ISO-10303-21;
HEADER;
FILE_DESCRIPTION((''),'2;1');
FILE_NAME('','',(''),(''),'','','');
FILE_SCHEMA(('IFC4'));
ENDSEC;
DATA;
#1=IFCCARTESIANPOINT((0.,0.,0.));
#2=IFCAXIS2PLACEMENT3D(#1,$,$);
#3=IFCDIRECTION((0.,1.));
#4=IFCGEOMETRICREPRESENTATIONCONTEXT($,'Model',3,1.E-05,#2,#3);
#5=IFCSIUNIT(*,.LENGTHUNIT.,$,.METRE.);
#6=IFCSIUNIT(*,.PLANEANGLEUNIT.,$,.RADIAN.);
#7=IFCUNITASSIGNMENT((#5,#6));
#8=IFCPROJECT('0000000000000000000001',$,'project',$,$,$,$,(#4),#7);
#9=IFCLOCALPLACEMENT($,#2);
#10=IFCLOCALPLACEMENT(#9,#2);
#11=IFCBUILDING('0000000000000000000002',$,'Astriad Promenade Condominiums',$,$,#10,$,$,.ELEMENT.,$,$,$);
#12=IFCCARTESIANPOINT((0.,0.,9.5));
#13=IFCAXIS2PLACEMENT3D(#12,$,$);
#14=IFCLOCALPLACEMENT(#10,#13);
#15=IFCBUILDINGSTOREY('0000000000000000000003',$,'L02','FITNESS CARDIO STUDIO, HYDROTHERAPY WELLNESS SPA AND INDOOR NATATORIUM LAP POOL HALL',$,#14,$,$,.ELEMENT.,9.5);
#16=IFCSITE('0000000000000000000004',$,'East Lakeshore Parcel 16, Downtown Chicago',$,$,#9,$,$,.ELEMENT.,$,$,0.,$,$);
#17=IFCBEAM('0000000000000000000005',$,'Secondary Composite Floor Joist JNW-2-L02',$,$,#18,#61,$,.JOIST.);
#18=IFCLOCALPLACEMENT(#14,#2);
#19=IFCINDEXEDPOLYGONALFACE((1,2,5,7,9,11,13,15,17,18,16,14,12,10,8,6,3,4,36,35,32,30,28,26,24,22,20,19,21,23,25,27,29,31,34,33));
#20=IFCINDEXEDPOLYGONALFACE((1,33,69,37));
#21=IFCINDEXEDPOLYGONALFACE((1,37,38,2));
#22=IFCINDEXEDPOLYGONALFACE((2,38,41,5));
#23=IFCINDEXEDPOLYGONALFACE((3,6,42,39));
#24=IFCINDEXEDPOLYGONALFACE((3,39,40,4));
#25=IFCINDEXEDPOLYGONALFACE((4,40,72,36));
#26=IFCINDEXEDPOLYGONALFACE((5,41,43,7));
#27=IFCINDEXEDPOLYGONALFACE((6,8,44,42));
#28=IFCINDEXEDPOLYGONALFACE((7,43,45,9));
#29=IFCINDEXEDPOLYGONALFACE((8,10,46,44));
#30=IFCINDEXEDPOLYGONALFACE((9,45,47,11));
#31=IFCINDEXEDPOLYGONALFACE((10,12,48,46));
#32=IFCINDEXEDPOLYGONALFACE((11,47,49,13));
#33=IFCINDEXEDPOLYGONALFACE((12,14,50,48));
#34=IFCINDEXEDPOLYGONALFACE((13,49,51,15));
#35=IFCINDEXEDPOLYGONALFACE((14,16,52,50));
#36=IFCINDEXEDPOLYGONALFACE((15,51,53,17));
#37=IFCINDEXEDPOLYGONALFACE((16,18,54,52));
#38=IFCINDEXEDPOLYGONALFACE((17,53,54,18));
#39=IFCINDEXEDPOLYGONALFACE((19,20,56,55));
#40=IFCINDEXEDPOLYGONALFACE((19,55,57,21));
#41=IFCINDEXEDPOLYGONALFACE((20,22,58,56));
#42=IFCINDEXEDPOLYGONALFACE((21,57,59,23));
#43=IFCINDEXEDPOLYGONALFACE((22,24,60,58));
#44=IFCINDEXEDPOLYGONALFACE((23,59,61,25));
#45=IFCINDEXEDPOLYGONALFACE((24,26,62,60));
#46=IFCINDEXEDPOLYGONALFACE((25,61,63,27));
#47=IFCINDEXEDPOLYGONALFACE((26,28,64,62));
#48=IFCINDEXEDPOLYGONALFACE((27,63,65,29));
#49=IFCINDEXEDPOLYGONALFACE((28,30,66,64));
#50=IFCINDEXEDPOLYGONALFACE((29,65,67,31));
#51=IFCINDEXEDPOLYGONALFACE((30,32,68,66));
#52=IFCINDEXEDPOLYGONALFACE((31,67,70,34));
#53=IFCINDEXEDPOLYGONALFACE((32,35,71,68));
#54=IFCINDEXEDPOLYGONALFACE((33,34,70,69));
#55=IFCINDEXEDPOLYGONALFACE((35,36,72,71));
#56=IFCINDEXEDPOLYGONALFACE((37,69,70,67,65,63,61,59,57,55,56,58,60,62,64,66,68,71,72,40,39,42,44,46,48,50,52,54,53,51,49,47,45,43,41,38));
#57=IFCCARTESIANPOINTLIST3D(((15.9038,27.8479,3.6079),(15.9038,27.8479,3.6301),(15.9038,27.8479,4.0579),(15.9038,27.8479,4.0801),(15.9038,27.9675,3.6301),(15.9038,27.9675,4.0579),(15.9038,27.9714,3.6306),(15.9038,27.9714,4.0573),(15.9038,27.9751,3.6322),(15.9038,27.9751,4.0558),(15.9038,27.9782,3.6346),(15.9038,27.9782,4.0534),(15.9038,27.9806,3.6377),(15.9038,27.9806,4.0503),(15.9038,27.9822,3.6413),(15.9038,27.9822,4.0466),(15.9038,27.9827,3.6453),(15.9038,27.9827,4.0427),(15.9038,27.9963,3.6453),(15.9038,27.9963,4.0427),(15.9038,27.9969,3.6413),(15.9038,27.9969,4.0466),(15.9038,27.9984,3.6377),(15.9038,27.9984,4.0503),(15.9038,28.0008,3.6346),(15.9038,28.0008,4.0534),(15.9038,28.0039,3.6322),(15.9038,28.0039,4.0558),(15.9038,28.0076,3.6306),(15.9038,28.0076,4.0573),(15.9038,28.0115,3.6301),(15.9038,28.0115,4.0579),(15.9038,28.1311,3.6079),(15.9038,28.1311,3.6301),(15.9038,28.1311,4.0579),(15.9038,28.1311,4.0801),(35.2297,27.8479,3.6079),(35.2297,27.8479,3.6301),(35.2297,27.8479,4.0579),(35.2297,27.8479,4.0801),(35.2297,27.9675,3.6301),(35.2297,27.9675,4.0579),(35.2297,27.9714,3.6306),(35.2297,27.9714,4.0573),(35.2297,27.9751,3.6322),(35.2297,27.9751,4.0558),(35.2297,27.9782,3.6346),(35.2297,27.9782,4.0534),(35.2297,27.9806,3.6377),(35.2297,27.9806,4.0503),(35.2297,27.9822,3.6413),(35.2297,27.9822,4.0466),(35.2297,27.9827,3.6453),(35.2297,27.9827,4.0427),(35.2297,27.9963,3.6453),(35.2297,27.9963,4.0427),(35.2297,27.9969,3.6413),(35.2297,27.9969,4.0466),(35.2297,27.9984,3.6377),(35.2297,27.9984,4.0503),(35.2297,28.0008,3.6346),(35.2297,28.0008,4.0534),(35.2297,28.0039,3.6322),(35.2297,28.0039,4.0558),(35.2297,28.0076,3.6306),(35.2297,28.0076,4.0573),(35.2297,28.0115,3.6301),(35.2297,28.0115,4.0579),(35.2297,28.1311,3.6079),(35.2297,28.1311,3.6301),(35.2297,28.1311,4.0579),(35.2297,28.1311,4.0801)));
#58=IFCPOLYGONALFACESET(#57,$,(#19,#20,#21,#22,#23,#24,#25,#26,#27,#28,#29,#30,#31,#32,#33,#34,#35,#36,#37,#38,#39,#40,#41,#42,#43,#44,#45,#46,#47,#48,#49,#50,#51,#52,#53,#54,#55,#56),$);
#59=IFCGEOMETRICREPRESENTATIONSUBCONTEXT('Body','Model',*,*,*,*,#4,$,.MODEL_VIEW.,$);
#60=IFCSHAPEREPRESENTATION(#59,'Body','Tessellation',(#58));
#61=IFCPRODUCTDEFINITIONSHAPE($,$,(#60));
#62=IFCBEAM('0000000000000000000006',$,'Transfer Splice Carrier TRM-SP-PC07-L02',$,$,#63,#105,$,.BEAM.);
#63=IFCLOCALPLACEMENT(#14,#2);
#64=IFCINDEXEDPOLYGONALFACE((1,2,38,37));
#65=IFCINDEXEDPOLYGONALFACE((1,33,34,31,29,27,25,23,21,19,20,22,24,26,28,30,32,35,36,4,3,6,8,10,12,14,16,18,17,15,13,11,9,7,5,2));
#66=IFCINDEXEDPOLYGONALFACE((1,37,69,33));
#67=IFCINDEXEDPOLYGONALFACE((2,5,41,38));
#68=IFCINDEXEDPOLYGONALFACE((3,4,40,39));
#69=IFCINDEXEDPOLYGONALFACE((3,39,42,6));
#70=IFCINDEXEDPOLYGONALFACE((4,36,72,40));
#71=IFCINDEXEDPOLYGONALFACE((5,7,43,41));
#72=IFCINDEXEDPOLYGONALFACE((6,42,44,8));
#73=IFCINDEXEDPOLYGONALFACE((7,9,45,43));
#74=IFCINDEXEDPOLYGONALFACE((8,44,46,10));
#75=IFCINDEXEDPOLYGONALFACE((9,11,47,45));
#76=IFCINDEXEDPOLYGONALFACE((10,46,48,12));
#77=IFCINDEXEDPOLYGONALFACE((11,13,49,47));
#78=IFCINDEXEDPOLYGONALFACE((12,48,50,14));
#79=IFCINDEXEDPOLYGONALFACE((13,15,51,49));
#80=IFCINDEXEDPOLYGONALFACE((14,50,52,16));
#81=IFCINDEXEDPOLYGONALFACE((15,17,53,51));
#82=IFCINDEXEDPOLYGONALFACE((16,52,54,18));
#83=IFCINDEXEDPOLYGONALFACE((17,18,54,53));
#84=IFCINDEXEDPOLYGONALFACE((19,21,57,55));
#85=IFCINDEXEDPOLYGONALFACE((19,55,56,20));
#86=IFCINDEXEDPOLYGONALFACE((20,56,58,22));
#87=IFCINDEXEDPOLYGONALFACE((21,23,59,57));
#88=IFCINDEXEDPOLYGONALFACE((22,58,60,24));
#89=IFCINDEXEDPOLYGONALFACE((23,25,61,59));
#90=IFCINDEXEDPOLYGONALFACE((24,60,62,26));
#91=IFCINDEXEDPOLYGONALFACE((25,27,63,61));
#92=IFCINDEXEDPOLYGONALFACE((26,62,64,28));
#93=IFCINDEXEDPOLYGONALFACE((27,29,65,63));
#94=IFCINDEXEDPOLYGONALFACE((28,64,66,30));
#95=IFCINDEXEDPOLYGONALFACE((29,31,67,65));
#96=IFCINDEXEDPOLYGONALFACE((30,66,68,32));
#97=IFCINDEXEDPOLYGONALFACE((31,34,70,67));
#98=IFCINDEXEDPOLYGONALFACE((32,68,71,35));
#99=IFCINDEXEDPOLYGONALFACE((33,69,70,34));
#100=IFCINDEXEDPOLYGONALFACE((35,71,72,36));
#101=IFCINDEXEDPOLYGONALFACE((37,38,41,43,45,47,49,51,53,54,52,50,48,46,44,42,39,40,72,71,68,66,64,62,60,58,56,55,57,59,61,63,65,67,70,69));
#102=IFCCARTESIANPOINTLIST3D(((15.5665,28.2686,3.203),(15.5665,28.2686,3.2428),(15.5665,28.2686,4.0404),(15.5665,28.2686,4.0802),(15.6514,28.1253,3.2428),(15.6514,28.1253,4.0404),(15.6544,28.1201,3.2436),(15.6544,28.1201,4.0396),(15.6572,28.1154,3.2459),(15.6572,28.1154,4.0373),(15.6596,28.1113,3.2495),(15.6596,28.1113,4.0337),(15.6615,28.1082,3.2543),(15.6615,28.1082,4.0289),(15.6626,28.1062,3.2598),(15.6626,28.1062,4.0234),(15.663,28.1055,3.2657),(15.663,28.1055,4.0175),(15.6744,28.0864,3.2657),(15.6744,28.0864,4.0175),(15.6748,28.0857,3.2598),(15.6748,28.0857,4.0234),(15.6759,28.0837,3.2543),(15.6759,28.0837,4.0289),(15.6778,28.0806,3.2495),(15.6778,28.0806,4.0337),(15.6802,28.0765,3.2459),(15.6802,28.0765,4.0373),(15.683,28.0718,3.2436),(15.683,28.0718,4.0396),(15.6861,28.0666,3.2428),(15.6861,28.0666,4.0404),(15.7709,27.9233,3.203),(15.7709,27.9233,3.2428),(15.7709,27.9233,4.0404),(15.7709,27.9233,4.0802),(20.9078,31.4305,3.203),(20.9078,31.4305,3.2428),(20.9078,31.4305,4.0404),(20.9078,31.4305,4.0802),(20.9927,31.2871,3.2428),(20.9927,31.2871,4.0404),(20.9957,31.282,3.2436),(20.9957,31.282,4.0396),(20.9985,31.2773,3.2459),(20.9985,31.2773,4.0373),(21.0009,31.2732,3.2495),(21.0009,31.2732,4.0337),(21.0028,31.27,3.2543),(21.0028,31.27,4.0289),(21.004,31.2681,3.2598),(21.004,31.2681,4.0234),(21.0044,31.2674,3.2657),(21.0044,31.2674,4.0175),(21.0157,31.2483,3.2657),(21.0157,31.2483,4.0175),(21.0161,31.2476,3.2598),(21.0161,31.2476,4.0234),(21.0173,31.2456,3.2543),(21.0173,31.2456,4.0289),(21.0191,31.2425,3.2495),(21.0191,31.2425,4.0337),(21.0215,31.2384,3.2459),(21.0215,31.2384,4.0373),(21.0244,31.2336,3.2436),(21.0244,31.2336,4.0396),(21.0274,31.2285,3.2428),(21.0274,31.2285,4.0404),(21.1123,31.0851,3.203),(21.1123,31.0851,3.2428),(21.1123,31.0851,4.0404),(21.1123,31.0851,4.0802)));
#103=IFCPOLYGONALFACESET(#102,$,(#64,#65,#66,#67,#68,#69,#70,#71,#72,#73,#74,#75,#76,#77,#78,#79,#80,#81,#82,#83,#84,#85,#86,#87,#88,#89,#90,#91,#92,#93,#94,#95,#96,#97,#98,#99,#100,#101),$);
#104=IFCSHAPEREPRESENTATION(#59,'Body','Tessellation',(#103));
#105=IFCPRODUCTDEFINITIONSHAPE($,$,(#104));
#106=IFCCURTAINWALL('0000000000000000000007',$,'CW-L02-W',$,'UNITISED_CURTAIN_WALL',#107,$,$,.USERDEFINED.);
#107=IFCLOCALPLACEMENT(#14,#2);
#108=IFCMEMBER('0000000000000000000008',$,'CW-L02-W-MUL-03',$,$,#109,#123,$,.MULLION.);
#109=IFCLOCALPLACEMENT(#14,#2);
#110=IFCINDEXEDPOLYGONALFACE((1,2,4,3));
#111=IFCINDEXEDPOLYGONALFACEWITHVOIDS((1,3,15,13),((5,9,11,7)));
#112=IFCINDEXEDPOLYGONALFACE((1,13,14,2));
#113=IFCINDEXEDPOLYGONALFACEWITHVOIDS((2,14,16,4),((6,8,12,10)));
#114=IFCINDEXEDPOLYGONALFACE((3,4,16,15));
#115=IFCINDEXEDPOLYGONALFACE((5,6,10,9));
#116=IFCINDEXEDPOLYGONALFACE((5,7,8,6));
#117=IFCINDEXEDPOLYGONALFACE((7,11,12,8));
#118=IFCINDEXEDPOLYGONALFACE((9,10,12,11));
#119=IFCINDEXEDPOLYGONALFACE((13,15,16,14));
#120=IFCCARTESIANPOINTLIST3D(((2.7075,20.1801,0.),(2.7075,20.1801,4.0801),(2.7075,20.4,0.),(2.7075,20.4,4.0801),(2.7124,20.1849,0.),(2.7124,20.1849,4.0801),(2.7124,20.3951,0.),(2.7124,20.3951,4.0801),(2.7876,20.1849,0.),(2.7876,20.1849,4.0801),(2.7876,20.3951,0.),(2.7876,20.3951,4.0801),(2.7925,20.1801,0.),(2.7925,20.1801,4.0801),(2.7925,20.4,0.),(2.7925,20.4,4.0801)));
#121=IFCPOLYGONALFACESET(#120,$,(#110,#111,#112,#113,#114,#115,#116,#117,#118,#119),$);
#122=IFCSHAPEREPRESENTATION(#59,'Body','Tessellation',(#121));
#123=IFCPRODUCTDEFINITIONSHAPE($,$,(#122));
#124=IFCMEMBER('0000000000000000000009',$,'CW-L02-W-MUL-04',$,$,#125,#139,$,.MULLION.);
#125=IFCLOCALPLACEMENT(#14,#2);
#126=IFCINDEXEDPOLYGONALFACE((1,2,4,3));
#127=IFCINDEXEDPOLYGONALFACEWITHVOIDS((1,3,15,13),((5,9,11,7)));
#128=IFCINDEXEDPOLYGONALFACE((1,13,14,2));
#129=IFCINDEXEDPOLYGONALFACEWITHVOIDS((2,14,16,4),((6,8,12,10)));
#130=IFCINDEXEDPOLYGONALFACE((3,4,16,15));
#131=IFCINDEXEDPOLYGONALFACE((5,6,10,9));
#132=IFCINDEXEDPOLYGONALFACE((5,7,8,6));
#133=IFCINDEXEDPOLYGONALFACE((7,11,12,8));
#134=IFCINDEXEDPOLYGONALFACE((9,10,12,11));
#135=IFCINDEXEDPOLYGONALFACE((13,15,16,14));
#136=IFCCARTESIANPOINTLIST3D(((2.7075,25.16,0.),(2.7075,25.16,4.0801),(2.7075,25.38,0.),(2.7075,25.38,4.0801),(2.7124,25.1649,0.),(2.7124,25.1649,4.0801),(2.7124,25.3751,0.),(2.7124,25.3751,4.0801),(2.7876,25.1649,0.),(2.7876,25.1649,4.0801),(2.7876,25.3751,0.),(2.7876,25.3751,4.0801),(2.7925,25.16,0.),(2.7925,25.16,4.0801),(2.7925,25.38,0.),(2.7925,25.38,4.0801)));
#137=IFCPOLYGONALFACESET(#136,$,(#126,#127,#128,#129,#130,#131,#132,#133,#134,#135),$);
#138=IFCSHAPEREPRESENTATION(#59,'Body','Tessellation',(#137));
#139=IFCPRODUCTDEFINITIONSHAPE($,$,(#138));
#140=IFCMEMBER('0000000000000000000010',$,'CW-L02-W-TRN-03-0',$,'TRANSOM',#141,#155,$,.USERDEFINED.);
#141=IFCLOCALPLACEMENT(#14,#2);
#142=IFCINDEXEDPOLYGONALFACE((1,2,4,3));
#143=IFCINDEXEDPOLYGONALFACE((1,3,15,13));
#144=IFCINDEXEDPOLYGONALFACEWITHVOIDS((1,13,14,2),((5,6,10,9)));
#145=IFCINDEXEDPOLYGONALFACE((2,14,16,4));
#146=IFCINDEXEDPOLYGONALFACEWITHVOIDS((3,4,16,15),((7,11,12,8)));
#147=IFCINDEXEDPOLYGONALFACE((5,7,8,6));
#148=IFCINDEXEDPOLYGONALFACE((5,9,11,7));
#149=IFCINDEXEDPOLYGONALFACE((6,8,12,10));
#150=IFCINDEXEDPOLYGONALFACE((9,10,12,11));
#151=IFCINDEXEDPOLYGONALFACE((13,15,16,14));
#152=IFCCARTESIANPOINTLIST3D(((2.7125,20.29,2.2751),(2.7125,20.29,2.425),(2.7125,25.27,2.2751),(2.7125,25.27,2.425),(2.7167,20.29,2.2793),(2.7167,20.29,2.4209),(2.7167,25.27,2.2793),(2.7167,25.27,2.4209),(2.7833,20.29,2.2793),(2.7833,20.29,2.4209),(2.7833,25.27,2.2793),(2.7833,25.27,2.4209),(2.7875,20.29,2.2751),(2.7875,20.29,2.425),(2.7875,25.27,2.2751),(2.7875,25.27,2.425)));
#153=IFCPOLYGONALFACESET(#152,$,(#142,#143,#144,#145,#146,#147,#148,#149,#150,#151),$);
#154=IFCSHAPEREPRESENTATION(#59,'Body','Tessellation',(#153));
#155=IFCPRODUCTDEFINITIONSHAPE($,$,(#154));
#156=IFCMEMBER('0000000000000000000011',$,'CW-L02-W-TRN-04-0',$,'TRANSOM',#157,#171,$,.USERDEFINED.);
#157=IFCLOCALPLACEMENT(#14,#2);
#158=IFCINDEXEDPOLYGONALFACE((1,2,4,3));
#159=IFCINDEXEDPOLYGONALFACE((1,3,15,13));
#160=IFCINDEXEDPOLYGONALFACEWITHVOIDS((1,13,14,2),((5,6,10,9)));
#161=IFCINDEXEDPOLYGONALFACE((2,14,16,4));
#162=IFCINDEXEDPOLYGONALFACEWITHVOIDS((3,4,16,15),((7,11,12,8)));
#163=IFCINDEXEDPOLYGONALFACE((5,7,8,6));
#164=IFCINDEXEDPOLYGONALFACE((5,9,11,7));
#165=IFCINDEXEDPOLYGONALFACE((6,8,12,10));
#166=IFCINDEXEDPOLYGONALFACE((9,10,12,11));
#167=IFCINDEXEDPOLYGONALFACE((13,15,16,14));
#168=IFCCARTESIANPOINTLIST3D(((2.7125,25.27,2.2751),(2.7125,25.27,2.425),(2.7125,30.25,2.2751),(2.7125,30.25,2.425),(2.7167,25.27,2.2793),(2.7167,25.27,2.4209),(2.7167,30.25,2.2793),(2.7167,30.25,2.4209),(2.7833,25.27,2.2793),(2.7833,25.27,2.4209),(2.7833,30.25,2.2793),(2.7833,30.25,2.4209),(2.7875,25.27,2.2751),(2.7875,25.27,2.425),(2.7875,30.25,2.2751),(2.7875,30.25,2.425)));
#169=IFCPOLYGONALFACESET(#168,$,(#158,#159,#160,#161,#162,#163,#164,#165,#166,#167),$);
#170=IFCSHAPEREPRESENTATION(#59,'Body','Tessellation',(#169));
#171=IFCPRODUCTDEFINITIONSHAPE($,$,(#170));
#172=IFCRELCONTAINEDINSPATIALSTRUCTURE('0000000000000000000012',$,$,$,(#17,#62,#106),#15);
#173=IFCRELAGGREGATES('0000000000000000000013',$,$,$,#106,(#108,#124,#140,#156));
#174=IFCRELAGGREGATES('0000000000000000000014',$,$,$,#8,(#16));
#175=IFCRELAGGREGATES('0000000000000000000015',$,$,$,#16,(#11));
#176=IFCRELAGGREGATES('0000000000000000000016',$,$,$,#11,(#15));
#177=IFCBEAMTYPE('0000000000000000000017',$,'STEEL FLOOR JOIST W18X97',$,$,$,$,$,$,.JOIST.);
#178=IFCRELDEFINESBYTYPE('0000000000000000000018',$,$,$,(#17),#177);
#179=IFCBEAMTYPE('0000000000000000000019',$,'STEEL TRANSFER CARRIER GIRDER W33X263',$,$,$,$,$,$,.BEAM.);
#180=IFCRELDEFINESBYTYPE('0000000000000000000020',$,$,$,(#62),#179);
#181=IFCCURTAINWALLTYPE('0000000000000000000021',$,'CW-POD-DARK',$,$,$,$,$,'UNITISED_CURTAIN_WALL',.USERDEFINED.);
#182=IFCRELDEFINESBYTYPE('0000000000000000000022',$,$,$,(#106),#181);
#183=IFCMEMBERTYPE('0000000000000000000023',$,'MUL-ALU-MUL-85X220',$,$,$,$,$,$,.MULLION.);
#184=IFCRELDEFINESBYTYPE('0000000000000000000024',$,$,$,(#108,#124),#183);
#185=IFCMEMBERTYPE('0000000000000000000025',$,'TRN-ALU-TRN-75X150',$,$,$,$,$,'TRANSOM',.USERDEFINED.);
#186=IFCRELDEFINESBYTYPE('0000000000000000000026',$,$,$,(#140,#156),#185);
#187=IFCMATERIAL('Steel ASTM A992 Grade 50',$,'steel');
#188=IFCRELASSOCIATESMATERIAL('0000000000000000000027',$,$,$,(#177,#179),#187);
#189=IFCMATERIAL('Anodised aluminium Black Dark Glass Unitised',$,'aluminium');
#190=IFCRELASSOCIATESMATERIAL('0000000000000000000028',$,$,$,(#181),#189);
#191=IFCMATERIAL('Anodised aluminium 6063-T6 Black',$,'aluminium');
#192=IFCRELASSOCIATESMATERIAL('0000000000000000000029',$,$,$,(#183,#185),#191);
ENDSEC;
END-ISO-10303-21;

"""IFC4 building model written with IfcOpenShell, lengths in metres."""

from ifc_helpers import new_model, si_unit, direction, frame, origin, origin_2d, place, context, subcontext, project, spatial, hollow_rectangle, i_section, extrude, source, transform, mapped, material, material_profile, profile_set, type_object, type_shapes, element, aggregate, save


model = new_model("IFC4")

# Units and contexts
model_context = context("Model", 3, precision=1e-05, world=origin(), true_north=direction((0.0, 1.0)))
body_context = subcontext(model_context, "Body", "Model", "MODEL_VIEW")
ifc_project = project(units=[si_unit("LENGTHUNIT", "METRE"), si_unit("PLANEANGLEUNIT", "RADIAN")], contexts=[model_context])

# Site, building, storey
site_placement = place(None, origin())
site = spatial("IfcSite", under=ifc_project, at=site_placement, Name="East Lakeshore Parcel 16, Downtown Chicago", CompositionType="ELEMENT", RefElevation=0.0)
building_placement = place(site_placement, origin())
building = spatial("IfcBuilding", under=site, at=building_placement, Name="Astriad Promenade Condominiums", CompositionType="ELEMENT")
storey_placement = place(building_placement, frame((0.0, 0.0, 9.5)))
storey = spatial("IfcBuildingStorey", under=building, at=storey_placement, Name="L02", Description="FITNESS CARDIO STUDIO, HYDROTHERAPY WELLNESS SPA AND INDOOR NATATORIUM LAP POOL HALL", CompositionType="ELEMENT", Elevation=9.5)

# Shared definitions
ifc_material_1 = material(Name="Steel ASTM A992 Grade 50", Category="steel")

# Beams
ifc_material_profile_1 = material_profile(ifc_material_1, i_section(OverallWidth=0.2832, OverallDepth=0.4722, WebThickness=0.0137, FlangeThickness=0.0222, FilletRadius=0.0151, at=origin_2d()), Name="W18X97")
ifc_profile_set_1 = profile_set([ifc_material_profile_1], Name="Steel ASTM A992 Grade 50")
beam_type_1 = type_object("IfcBeamType", Name="STEEL FLOOR JOIST W18X97", PredefinedType="JOIST", material=ifc_profile_set_1)
shared_shape_1 = source(origin(), body_context, "Body", "SweptSolid", [
    extrude(i_section(OverallWidth=0.2832, OverallDepth=0.4722, WebThickness=0.0137, FlangeThickness=0.0222, FilletRadius=0.0151, at=origin_2d()), origin(), (0.0, 0.0, 1.0), 19.3259),
])
type_shapes(beam_type_1, [shared_shape_1])
beam_1_placement = place(storey_placement, frame((15.9038, 27.9895, 3.844), z_axis=(1.0, 0.0, 0.0), x_axis=(0.0, 1.0, 0.0)))
element("IfcBeam", 1, at=beam_1_placement, inside=storey, type_object=beam_type_1, Name="Secondary Composite Floor Joist JNW-2-L02", PredefinedType="JOIST", context=body_context, shape_type="MappedRepresentation", body=[
    mapped(shared_shape_1, transform((0.0, 0.0, 0.0), scale=1.0)),
])
ifc_material_profile_2 = material_profile(ifc_material_1, i_section(OverallWidth=0.4014, OverallDepth=0.8772, WebThickness=0.0222, FlangeThickness=0.0398, FilletRadius=0.0229, at=origin_2d()), Name="W33X263")
ifc_profile_set_2 = profile_set([ifc_material_profile_2], Name="Steel ASTM A992 Grade 50")
beam_type_2 = type_object("IfcBeamType", Name="STEEL TRANSFER CARRIER GIRDER W33X263", PredefinedType="BEAM", material=ifc_profile_set_2)
shared_shape_2 = source(origin(), body_context, "Body", "SweptSolid", [
    extrude(i_section(OverallWidth=0.4014, OverallDepth=0.8772, WebThickness=0.0222, FlangeThickness=0.0398, FilletRadius=0.0229, at=origin_2d()), origin(), (0.0, 0.0, 1.0), 6.207),
])
type_shapes(beam_type_2, [shared_shape_2])
beam_2_placement = place(storey_placement, frame((15.6687, 28.0959, 3.6416), z_axis=(0.860528, 0.509402, 0.0), x_axis=(-0.509402, 0.860528, 0.0)))
element("IfcBeam", 2, at=beam_2_placement, inside=storey, type_object=beam_type_2, Name="Transfer Splice Carrier TRM-SP-PC07-L02", PredefinedType="BEAM", context=body_context, shape_type="MappedRepresentation", body=[
    mapped(shared_shape_2, transform((0.0, 0.0, 0.0), scale=1.0)),
])

# Curtain wall, members
ifc_material_2 = material(Name="Anodised aluminium Black Dark Glass Unitised", Category="aluminium")
curtain_wall_type = type_object("IfcCurtainWallType", Name="CW-POD-DARK", ElementType="UNITISED_CURTAIN_WALL", PredefinedType="USERDEFINED", material=ifc_material_2)
curtain_wall_placement = place(storey_placement, origin())
curtain_wall = element("IfcCurtainWall", 3, at=curtain_wall_placement, inside=storey, type_object=curtain_wall_type, Name="CW-L02-W", ObjectType="UNITISED_CURTAIN_WALL", PredefinedType="USERDEFINED")
ifc_material_3 = material(Name="Anodised aluminium 6063-T6 Black", Category="aluminium")
ifc_material_profile_3 = material_profile(ifc_material_3, hollow_rectangle(XDim=0.085, YDim=0.22, WallThickness=0.0049, at=origin_2d()), Name="ALU-MUL-85X220")
ifc_profile_set_3 = profile_set([ifc_material_profile_3], Name="Anodised aluminium 6063-T6 Black")
member_type_1 = type_object("IfcMemberType", Name="MUL-ALU-MUL-85X220", PredefinedType="MULLION", material=ifc_profile_set_3)
shared_shape_3 = source(origin(), body_context, "Body", "SweptSolid", [
    extrude(hollow_rectangle(XDim=0.085, YDim=0.22, WallThickness=0.0049, at=origin_2d()), origin(), (0.0, 0.0, 1.0), 4.0801),
])
type_shapes(member_type_1, [shared_shape_3])
member_1_placement = place(storey_placement, frame((2.75, 20.29, 0.0), z_axis=(0.0, 0.0, 1.0), x_axis=(1.0, 0.0, 0.0)))
member_1 = element("IfcMember", 4, at=member_1_placement, type_object=member_type_1, Name="CW-L02-W-MUL-03", PredefinedType="MULLION", context=body_context, shape_type="MappedRepresentation", body=[
    mapped(shared_shape_3, transform((0.0, 0.0, 0.0), scale=1.0)),
])
member_2_placement = place(storey_placement, frame((2.75, 25.27, 0.0), z_axis=(0.0, 0.0, 1.0), x_axis=(1.0, 0.0, 0.0)))
member_2 = element("IfcMember", 5, at=member_2_placement, type_object=member_type_1, Name="CW-L02-W-MUL-04", PredefinedType="MULLION", context=body_context, shape_type="MappedRepresentation", body=[
    mapped(shared_shape_3, transform((0.0, 0.0, 0.0), scale=1.0)),
])
ifc_material_profile_4 = material_profile(ifc_material_3, hollow_rectangle(XDim=0.075, YDim=0.1499, WallThickness=0.0042, at=origin_2d()), Name="ALU-TRN-75X150")
ifc_profile_set_4 = profile_set([ifc_material_profile_4], Name="Anodised aluminium 6063-T6 Black")
member_type_2 = type_object("IfcMemberType", Name="TRN-ALU-TRN-75X150", ElementType="TRANSOM", PredefinedType="USERDEFINED", material=ifc_profile_set_4)
shared_shape_4 = source(origin(), body_context, "Body", "SweptSolid", [
    extrude(hollow_rectangle(XDim=0.075, YDim=0.1499, WallThickness=0.0042, at=origin_2d()), origin(), (0.0, 0.0, 1.0), 4.98),
])
type_shapes(member_type_2, [shared_shape_4])
member_3_placement = place(storey_placement, frame((2.75, 20.29, 2.3501), z_axis=(0.0, 1.0, 0.0), x_axis=(-1.0, 0.0, 0.0)))
member_3 = element("IfcMember", 6, at=member_3_placement, type_object=member_type_2, Name="CW-L02-W-TRN-03-0", ObjectType="TRANSOM", PredefinedType="USERDEFINED", context=body_context, shape_type="MappedRepresentation", body=[
    mapped(shared_shape_4, transform((0.0, 0.0, 0.0), scale=1.0)),
])
member_4_placement = place(storey_placement, frame((2.75, 25.27, 2.3501), z_axis=(0.0, 1.0, 0.0), x_axis=(-1.0, 0.0, 0.0)))
member_4 = element("IfcMember", 7, at=member_4_placement, type_object=member_type_2, Name="CW-L02-W-TRN-04-0", ObjectType="TRANSOM", PredefinedType="USERDEFINED", context=body_context, shape_type="MappedRepresentation", body=[
    mapped(shared_shape_4, transform((0.0, 0.0, 0.0), scale=1.0)),
])

aggregate(curtain_wall, [member_1, member_2, member_3, member_4])

save(model, "model.ifc")
